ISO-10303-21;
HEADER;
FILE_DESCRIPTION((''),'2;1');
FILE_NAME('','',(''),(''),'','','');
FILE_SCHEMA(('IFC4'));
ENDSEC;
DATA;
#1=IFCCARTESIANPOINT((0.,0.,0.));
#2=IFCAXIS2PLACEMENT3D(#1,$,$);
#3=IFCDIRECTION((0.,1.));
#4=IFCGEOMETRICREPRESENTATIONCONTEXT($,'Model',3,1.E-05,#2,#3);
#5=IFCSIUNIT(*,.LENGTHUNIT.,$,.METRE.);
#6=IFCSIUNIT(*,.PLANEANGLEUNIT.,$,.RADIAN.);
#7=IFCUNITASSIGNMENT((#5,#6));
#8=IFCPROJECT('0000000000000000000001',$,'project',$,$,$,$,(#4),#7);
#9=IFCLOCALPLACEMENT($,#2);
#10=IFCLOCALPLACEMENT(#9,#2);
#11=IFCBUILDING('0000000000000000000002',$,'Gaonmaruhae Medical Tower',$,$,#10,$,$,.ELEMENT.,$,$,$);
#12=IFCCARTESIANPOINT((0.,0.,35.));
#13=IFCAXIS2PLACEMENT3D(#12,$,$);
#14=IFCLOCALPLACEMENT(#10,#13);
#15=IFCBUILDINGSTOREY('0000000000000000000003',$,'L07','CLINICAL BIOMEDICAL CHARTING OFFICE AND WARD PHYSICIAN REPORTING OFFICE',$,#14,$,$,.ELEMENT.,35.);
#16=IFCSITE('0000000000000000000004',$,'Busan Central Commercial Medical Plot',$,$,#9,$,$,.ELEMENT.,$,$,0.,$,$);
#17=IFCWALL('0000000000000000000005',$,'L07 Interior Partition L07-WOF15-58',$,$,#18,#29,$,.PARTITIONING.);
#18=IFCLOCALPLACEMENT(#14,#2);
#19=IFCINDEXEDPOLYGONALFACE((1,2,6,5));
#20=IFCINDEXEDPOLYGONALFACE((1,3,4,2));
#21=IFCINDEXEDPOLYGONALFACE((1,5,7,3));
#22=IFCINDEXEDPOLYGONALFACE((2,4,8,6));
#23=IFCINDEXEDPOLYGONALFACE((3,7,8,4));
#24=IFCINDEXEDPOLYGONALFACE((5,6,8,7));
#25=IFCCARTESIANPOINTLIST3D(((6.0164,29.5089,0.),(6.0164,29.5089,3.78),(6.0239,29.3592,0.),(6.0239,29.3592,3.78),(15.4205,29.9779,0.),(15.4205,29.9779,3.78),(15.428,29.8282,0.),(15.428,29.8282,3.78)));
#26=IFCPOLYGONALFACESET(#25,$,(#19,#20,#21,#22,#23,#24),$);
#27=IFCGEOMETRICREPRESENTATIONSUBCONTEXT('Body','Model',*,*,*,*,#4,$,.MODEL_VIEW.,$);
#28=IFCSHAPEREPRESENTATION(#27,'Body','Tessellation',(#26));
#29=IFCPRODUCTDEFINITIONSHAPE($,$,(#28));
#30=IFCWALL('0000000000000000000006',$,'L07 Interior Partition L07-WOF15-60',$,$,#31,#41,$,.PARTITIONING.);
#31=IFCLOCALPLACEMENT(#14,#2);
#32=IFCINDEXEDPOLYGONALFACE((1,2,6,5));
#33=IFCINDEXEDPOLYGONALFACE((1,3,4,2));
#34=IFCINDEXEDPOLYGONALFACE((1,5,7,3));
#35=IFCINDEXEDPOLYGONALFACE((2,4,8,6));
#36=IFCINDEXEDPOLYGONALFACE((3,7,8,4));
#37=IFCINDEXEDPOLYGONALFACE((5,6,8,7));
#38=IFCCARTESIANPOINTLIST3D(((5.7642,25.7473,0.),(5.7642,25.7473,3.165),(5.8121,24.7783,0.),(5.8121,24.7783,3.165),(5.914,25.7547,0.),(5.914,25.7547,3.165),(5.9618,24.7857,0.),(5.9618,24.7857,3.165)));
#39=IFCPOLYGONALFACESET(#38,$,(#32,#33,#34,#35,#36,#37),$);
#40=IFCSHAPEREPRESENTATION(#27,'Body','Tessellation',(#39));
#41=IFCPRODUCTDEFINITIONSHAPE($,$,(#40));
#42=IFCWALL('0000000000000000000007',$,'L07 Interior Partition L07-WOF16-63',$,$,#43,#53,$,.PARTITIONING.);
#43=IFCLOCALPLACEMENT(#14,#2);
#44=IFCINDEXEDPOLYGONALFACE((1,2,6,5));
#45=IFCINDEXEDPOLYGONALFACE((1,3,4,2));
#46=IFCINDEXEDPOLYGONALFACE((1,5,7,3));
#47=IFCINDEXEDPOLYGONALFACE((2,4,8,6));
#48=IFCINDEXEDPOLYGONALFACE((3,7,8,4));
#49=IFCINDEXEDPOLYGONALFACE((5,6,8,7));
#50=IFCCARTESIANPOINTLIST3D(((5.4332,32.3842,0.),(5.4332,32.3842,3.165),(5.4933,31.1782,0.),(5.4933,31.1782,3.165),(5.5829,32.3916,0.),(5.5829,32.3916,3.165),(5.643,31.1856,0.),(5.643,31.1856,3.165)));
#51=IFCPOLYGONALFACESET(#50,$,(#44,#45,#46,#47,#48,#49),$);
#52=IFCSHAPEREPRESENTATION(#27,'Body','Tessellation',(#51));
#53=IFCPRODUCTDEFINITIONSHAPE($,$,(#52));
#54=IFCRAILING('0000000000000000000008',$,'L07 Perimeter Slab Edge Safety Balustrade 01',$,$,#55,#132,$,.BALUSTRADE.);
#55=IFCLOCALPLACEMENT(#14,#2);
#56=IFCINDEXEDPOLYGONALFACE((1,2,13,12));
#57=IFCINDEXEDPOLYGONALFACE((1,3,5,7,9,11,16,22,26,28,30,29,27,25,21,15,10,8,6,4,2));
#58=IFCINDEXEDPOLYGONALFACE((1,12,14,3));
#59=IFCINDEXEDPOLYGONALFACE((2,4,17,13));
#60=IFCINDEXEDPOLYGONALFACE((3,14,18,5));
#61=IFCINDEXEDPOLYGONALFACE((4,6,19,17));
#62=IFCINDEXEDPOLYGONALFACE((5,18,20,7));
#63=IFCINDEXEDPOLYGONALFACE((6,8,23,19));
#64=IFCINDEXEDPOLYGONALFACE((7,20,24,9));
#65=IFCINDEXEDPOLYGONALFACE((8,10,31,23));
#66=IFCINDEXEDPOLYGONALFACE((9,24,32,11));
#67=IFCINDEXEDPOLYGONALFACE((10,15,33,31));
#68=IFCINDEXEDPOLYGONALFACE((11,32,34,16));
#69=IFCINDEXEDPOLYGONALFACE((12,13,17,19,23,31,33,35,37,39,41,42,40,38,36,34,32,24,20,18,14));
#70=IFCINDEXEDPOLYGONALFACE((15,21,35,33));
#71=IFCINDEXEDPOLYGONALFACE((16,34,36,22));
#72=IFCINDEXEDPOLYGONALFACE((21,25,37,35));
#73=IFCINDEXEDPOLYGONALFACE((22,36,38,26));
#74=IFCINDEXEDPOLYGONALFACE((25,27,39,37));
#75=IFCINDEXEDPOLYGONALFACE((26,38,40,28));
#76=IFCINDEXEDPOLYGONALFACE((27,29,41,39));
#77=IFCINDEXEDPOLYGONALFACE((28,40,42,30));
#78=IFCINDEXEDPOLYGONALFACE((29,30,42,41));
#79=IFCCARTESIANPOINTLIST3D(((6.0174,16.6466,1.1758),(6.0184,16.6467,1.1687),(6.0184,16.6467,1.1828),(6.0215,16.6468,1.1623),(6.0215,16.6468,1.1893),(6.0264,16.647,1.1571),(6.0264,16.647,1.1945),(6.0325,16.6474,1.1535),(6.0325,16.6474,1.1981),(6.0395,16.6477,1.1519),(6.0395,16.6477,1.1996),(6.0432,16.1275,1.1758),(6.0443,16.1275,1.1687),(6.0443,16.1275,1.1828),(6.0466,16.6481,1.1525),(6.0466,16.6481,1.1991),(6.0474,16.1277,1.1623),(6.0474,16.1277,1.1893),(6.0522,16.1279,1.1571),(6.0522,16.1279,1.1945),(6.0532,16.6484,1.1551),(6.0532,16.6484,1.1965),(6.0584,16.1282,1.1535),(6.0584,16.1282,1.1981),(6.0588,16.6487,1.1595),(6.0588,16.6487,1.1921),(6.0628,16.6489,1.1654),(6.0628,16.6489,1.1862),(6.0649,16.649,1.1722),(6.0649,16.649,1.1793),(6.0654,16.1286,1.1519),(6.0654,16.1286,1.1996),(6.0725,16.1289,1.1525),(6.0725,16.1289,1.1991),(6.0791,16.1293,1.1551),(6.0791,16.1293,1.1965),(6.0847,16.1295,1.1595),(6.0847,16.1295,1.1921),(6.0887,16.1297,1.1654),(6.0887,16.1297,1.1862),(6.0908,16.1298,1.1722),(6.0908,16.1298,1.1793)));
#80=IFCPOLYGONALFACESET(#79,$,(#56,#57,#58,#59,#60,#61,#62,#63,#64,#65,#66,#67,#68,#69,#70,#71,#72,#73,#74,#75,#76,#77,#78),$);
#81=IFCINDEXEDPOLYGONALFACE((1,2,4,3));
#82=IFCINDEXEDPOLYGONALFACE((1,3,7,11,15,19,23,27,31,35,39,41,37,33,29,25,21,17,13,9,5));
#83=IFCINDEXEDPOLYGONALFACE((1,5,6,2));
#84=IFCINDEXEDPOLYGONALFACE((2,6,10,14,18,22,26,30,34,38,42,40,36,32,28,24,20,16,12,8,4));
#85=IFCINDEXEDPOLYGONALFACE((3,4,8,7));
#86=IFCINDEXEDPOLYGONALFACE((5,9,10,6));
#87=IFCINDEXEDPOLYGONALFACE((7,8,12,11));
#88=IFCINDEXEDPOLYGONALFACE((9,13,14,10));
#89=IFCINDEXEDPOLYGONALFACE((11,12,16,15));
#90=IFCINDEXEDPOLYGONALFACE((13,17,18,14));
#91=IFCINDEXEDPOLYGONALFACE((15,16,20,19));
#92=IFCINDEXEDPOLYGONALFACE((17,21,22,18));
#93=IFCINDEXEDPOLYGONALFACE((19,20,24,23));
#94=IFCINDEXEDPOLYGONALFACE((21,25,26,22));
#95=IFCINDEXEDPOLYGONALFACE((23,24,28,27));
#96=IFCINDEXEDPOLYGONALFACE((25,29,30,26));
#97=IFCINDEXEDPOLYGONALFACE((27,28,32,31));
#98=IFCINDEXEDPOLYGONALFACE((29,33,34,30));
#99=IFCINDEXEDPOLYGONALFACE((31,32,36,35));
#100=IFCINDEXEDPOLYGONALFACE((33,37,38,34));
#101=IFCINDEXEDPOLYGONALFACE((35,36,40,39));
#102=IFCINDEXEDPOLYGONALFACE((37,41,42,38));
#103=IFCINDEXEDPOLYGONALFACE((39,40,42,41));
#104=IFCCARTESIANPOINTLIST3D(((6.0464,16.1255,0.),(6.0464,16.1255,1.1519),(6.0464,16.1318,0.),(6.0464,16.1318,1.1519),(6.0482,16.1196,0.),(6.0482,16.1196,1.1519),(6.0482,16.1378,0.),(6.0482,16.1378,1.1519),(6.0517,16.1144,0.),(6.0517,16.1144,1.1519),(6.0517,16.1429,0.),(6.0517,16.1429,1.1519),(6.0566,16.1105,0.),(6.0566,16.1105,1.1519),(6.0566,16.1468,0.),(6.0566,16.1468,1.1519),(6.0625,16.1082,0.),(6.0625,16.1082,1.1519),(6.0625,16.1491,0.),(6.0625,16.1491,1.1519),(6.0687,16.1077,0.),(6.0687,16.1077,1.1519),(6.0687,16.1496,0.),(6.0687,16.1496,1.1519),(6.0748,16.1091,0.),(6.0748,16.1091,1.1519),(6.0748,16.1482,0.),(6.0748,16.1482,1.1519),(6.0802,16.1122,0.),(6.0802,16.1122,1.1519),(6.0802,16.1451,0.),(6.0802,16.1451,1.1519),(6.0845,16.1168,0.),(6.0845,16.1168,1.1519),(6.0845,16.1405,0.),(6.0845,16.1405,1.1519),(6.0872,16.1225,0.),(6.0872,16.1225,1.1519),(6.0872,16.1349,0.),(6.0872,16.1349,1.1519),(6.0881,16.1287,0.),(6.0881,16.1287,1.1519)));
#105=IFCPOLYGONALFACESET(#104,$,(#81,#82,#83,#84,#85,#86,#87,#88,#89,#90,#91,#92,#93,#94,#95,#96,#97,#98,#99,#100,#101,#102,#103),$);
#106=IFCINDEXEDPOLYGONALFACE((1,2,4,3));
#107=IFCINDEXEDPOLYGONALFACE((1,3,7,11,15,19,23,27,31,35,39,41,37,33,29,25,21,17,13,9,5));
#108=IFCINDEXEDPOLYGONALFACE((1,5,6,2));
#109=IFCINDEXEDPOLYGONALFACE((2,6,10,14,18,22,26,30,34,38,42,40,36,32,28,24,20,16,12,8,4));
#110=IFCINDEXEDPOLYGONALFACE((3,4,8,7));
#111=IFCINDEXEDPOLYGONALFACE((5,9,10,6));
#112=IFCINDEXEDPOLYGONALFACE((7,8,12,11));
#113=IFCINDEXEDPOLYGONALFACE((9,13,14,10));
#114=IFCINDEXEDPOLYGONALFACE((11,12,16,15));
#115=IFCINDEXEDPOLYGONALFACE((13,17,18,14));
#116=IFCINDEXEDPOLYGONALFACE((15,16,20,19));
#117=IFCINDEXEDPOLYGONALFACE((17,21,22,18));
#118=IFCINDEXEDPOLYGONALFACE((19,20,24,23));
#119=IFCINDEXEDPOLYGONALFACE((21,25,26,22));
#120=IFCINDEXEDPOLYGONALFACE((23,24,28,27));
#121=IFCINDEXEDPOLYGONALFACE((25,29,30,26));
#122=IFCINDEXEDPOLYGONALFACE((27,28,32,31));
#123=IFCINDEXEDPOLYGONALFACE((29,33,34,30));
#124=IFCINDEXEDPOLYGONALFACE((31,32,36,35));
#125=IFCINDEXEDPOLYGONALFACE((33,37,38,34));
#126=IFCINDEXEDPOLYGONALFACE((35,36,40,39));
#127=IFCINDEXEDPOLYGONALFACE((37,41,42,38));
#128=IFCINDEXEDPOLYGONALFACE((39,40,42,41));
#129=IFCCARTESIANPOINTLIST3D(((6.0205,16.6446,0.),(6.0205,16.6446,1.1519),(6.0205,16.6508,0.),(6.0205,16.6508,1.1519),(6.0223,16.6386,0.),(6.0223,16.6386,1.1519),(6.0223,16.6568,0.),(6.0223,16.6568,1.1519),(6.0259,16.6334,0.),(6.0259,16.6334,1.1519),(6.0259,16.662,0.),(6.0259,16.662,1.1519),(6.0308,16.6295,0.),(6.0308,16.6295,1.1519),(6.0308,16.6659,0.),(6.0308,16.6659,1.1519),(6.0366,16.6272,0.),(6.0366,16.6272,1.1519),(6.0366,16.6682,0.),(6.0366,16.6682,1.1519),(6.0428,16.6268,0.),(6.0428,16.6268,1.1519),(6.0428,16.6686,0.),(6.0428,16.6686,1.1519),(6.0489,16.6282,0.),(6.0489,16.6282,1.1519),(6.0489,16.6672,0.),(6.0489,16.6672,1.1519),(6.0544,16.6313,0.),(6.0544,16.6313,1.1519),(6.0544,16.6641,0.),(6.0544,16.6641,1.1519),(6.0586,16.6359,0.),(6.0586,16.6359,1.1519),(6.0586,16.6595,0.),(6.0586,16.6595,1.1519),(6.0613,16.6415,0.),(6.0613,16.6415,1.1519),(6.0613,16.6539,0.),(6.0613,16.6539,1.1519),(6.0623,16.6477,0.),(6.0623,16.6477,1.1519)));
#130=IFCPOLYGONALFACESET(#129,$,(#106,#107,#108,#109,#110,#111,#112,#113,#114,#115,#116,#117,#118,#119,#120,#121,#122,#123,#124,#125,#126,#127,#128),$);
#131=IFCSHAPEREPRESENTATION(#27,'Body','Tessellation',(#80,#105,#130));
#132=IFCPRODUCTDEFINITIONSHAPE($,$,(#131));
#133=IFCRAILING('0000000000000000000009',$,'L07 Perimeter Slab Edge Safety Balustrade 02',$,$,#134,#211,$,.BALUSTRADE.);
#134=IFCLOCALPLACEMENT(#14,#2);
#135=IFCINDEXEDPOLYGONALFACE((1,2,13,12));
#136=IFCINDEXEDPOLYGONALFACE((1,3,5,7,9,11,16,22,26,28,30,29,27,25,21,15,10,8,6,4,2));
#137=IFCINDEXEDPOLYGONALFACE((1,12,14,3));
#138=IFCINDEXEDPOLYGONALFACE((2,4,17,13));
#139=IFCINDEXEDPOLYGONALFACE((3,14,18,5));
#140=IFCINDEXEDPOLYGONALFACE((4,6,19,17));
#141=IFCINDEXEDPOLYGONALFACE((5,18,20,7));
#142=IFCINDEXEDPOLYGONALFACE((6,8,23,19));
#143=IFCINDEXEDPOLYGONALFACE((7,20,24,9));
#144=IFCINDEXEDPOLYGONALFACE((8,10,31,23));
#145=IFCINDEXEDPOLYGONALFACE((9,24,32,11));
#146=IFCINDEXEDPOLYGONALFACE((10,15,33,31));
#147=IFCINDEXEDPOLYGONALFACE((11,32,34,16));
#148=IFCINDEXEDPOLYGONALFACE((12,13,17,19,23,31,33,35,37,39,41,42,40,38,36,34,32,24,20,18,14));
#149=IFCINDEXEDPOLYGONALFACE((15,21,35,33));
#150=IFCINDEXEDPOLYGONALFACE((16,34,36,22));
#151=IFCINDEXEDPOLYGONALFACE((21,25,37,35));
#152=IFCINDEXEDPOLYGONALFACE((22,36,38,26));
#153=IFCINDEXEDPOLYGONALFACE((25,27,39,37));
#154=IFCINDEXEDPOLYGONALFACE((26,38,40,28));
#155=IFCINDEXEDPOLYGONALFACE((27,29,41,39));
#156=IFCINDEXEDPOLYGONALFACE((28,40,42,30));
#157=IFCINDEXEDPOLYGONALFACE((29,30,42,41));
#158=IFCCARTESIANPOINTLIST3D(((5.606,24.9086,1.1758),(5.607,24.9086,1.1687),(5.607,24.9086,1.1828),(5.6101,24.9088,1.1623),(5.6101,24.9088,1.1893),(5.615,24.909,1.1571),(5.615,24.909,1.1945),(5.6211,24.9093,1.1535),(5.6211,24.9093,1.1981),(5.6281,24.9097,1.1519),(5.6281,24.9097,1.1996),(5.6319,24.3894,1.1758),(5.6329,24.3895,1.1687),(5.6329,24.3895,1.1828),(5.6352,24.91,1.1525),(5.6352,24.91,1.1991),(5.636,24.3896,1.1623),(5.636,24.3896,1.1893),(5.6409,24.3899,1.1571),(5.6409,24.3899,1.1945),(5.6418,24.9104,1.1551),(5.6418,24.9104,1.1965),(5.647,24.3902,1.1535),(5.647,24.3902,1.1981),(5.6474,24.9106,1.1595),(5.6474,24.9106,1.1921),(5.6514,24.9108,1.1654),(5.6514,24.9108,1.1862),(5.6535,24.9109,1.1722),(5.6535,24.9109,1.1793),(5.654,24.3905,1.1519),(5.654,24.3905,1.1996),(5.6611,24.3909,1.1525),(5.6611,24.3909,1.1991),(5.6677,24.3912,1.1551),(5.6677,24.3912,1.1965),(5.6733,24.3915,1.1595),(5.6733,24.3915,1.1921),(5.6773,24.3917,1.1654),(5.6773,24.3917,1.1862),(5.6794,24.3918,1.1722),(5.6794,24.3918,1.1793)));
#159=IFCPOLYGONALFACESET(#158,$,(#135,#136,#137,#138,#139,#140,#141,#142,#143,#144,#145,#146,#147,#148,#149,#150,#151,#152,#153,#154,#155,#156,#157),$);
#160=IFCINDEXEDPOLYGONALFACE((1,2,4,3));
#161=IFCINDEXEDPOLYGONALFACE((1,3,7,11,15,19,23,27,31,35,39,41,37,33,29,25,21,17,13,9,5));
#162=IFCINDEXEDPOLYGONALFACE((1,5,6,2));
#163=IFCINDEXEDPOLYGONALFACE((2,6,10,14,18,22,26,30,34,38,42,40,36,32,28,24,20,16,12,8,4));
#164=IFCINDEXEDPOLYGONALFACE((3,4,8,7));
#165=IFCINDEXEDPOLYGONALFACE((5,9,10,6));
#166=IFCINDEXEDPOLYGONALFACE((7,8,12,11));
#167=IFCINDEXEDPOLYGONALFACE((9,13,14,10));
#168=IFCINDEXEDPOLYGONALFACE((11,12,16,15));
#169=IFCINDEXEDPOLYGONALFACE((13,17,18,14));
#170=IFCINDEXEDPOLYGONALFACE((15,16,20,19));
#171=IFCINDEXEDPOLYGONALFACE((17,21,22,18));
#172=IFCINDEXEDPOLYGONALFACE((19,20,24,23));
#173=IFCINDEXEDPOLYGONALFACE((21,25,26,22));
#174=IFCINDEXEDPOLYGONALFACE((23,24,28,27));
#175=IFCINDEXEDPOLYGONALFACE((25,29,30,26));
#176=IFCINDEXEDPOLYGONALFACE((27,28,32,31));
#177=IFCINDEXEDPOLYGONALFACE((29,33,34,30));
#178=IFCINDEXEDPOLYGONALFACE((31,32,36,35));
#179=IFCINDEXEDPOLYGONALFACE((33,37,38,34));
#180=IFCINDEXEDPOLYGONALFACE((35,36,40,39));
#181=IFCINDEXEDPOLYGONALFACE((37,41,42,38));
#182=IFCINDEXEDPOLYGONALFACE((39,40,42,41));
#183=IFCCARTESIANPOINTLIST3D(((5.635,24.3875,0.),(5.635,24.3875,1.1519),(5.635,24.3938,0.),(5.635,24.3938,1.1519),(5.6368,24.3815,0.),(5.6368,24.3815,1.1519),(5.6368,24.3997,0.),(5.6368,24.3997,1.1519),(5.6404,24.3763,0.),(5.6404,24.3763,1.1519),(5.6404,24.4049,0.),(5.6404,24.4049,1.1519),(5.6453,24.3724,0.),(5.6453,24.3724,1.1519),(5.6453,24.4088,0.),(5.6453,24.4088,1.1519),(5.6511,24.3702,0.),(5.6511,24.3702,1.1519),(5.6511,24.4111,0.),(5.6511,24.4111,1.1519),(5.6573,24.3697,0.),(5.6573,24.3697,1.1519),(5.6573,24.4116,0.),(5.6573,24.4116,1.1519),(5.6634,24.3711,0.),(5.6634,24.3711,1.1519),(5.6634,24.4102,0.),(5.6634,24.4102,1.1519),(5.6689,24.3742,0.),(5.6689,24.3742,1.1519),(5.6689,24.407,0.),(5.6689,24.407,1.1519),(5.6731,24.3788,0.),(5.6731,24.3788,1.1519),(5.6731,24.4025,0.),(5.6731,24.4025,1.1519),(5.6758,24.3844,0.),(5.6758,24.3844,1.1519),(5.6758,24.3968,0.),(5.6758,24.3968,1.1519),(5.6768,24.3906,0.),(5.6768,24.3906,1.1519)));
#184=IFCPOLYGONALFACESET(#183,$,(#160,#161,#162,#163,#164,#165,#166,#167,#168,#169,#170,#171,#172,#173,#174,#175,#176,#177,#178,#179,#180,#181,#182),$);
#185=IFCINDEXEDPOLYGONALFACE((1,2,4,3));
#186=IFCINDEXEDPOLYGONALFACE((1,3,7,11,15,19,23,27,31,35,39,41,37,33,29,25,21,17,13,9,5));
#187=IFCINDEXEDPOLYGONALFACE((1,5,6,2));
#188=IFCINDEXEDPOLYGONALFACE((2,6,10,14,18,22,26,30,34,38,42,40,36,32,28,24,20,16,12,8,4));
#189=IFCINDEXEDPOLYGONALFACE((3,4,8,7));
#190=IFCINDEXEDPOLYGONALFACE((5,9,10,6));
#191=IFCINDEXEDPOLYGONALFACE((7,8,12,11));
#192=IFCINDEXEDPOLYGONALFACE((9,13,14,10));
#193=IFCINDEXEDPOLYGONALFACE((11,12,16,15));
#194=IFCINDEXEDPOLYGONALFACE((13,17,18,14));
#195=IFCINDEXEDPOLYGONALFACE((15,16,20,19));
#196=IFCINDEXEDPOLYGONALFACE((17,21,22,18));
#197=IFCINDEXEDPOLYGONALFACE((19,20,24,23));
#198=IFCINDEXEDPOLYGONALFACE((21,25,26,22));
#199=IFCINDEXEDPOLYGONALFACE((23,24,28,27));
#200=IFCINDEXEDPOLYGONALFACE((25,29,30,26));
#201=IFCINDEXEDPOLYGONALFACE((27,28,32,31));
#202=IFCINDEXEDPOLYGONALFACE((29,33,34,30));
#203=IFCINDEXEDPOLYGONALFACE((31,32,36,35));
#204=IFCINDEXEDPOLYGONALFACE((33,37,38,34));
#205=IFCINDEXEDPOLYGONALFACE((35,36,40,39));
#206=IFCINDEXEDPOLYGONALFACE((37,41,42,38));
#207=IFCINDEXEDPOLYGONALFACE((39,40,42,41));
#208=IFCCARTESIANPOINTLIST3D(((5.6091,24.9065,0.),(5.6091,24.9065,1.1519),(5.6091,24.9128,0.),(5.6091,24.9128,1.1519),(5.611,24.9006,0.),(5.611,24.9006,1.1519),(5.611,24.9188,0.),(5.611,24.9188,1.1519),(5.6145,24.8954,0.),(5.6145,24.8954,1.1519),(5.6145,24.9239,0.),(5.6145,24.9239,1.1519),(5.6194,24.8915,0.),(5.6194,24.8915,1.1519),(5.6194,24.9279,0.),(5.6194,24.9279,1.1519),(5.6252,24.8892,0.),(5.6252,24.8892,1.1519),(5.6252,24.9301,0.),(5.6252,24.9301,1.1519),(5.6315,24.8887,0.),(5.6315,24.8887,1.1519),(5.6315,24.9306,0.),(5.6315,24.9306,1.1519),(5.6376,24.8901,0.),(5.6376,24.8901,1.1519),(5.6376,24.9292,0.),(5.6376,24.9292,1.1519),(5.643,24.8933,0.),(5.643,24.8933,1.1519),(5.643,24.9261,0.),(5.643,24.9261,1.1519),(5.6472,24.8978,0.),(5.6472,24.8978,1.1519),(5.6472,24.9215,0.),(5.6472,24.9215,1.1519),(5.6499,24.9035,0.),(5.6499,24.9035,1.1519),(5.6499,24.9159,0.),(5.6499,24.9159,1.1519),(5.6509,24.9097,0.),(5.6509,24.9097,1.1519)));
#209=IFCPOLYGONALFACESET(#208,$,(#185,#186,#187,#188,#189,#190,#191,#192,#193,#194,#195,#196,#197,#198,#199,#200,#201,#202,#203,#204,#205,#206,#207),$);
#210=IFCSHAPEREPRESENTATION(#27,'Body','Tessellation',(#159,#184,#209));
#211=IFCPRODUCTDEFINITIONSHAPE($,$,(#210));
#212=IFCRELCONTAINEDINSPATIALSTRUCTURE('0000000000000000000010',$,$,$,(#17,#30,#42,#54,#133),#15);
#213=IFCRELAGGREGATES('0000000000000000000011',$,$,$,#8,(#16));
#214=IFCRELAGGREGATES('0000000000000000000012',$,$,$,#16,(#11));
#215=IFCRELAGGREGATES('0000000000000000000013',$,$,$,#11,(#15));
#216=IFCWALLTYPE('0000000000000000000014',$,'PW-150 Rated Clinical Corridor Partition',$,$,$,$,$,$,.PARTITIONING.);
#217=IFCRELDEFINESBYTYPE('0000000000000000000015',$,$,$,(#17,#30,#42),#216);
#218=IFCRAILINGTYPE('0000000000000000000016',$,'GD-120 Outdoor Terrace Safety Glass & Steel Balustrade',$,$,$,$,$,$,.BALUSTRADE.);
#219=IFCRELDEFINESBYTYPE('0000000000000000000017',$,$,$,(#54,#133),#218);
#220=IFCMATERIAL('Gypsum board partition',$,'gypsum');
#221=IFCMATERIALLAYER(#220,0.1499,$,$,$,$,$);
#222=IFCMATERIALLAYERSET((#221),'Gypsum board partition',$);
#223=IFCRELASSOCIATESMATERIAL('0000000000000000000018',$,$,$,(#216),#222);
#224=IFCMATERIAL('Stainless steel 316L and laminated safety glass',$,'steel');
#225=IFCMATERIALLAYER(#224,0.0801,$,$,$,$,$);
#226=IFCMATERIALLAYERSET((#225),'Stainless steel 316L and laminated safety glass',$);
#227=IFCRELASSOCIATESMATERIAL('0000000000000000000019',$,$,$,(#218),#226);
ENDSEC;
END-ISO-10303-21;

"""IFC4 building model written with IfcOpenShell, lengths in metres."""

from ifc_helpers import new_model, si_unit, direction, frame, frame_2d, origin, origin_2d, place, context, subcontext, project, spatial, rectangle, circle, extrude, material, layer, layer_set, type_object, element, save


model = new_model("IFC4")

# Units and contexts
model_context = context("Model", 3, precision=1e-05, world=origin(), true_north=direction((0.0, 1.0)))
body_context = subcontext(model_context, "Body", "Model", "MODEL_VIEW")
ifc_project = project(units=[si_unit("LENGTHUNIT", "METRE"), si_unit("PLANEANGLEUNIT", "RADIAN")], contexts=[model_context])

# Site, building, storey
site_placement = place(None, origin())
site = spatial("IfcSite", under=ifc_project, at=site_placement, Name="Busan Central Commercial Medical Plot", CompositionType="ELEMENT", RefElevation=0.0)
building_placement = place(site_placement, origin())
building = spatial("IfcBuilding", under=site, at=building_placement, Name="Gaonmaruhae Medical Tower", CompositionType="ELEMENT")
storey_placement = place(building_placement, frame((0.0, 0.0, 35.0)))
storey = spatial("IfcBuildingStorey", under=building, at=storey_placement, Name="L07", Description="CLINICAL BIOMEDICAL CHARTING OFFICE AND WARD PHYSICIAN REPORTING OFFICE", CompositionType="ELEMENT", Elevation=35.0)

# Shared definitions
ifc_material_1 = material(Name="Gypsum board partition", Category="gypsum")
ifc_layer_1 = layer(ifc_material_1, 0.1499)
ifc_layer_set_1 = layer_set([ifc_layer_1], Name="Gypsum board partition")
wall_type_1 = type_object("IfcWallType", Name="PW-150 Rated Clinical Corridor Partition", PredefinedType="PARTITIONING", material=ifc_layer_set_1)

# Walls
wall_1_placement = place(storey_placement, frame((6.02, 29.4341, 0.0), z_axis=(0.0, 0.0, 1.0), x_axis=(0.998759, 0.04981, 0.0)))
element("IfcWall", 1, at=wall_1_placement, inside=storey, type_object=wall_type_1, Name="L07 Interior Partition L07-WOF15-58", PredefinedType="PARTITIONING", context=body_context, shape_type="SweptSolid", body=[
    extrude(rectangle(XDim=9.4158, YDim=0.1499, at=frame_2d((4.708, 0.0))), origin(), (0.0, 0.0, 1.0), 3.78),
])
wall_2_placement = place(storey_placement, frame((5.887, 24.782, 0.0), z_axis=(0.0, 0.0, 1.0), x_axis=(-0.049323, 0.998783, 0.0)))
element("IfcWall", 2, at=wall_2_placement, inside=storey, type_object=wall_type_1, Name="L07 Interior Partition L07-WOF15-60", PredefinedType="PARTITIONING", context=body_context, shape_type="SweptSolid", body=[
    extrude(rectangle(XDim=0.9702, YDim=0.1499, at=frame_2d((0.4851, 0.0))), origin(), (0.0, 0.0, 1.0), 3.165),
])
wall_3_placement = place(storey_placement, frame((5.5681, 31.1819, 0.0), z_axis=(0.0, 0.0, 1.0), x_axis=(-0.049736, 0.998762, 0.0)))
element("IfcWall", 3, at=wall_3_placement, inside=storey, type_object=wall_type_1, Name="L07 Interior Partition L07-WOF16-63", PredefinedType="PARTITIONING", context=body_context, shape_type="SweptSolid", body=[
    extrude(rectangle(XDim=1.2075, YDim=0.1499, at=frame_2d((0.6038, 0.0))), origin(), (0.0, 0.0, 1.0), 3.165),
])

# Railings
ifc_material_2 = material(Name="Stainless steel 316L and laminated safety glass", Category="steel")
ifc_layer_2 = layer(ifc_material_2, 0.0801)
ifc_layer_set_2 = layer_set([ifc_layer_2], Name="Stainless steel 316L and laminated safety glass")
railing_type = type_object("IfcRailingType", Name="GD-120 Outdoor Terrace Safety Glass & Steel Balustrade", PredefinedType="BALUSTRADE", material=ifc_layer_set_2)
for number, where, name in (
    (4, (6.0671, 16.1287, 0.0), "L07 Perimeter Slab Edge Safety Balustrade 01"),
    (5, (5.6558, 24.3906, 0.0), "L07 Perimeter Slab Edge Safety Balustrade 02"),
):
    element("IfcRailing", number, at=place(storey_placement, frame(where)), inside=storey, type_object=railing_type, Name=name, PredefinedType="BALUSTRADE", context=body_context, shape_type="SweptSolid", body=[
        extrude(circle(Radius=0.0239, at=origin_2d()), frame((0.0, 0.0, 1.1758), z_axis=(-0.049797, 0.998759, 0.0), x_axis=(-0.998759, -0.049797, 0.0)), (0.0, 0.0, 1.0), 0.5198),
        extrude(circle(Radius=0.021, at=origin_2d()), origin(), (0.0, 0.0, 1.0), 1.1519),
        extrude(circle(Radius=0.021, at=origin_2d()), frame((-0.0259, 0.519, 0.0)), (0.0, 0.0, 1.0), 1.1519),
    ])

save(model, "model.ifc")
